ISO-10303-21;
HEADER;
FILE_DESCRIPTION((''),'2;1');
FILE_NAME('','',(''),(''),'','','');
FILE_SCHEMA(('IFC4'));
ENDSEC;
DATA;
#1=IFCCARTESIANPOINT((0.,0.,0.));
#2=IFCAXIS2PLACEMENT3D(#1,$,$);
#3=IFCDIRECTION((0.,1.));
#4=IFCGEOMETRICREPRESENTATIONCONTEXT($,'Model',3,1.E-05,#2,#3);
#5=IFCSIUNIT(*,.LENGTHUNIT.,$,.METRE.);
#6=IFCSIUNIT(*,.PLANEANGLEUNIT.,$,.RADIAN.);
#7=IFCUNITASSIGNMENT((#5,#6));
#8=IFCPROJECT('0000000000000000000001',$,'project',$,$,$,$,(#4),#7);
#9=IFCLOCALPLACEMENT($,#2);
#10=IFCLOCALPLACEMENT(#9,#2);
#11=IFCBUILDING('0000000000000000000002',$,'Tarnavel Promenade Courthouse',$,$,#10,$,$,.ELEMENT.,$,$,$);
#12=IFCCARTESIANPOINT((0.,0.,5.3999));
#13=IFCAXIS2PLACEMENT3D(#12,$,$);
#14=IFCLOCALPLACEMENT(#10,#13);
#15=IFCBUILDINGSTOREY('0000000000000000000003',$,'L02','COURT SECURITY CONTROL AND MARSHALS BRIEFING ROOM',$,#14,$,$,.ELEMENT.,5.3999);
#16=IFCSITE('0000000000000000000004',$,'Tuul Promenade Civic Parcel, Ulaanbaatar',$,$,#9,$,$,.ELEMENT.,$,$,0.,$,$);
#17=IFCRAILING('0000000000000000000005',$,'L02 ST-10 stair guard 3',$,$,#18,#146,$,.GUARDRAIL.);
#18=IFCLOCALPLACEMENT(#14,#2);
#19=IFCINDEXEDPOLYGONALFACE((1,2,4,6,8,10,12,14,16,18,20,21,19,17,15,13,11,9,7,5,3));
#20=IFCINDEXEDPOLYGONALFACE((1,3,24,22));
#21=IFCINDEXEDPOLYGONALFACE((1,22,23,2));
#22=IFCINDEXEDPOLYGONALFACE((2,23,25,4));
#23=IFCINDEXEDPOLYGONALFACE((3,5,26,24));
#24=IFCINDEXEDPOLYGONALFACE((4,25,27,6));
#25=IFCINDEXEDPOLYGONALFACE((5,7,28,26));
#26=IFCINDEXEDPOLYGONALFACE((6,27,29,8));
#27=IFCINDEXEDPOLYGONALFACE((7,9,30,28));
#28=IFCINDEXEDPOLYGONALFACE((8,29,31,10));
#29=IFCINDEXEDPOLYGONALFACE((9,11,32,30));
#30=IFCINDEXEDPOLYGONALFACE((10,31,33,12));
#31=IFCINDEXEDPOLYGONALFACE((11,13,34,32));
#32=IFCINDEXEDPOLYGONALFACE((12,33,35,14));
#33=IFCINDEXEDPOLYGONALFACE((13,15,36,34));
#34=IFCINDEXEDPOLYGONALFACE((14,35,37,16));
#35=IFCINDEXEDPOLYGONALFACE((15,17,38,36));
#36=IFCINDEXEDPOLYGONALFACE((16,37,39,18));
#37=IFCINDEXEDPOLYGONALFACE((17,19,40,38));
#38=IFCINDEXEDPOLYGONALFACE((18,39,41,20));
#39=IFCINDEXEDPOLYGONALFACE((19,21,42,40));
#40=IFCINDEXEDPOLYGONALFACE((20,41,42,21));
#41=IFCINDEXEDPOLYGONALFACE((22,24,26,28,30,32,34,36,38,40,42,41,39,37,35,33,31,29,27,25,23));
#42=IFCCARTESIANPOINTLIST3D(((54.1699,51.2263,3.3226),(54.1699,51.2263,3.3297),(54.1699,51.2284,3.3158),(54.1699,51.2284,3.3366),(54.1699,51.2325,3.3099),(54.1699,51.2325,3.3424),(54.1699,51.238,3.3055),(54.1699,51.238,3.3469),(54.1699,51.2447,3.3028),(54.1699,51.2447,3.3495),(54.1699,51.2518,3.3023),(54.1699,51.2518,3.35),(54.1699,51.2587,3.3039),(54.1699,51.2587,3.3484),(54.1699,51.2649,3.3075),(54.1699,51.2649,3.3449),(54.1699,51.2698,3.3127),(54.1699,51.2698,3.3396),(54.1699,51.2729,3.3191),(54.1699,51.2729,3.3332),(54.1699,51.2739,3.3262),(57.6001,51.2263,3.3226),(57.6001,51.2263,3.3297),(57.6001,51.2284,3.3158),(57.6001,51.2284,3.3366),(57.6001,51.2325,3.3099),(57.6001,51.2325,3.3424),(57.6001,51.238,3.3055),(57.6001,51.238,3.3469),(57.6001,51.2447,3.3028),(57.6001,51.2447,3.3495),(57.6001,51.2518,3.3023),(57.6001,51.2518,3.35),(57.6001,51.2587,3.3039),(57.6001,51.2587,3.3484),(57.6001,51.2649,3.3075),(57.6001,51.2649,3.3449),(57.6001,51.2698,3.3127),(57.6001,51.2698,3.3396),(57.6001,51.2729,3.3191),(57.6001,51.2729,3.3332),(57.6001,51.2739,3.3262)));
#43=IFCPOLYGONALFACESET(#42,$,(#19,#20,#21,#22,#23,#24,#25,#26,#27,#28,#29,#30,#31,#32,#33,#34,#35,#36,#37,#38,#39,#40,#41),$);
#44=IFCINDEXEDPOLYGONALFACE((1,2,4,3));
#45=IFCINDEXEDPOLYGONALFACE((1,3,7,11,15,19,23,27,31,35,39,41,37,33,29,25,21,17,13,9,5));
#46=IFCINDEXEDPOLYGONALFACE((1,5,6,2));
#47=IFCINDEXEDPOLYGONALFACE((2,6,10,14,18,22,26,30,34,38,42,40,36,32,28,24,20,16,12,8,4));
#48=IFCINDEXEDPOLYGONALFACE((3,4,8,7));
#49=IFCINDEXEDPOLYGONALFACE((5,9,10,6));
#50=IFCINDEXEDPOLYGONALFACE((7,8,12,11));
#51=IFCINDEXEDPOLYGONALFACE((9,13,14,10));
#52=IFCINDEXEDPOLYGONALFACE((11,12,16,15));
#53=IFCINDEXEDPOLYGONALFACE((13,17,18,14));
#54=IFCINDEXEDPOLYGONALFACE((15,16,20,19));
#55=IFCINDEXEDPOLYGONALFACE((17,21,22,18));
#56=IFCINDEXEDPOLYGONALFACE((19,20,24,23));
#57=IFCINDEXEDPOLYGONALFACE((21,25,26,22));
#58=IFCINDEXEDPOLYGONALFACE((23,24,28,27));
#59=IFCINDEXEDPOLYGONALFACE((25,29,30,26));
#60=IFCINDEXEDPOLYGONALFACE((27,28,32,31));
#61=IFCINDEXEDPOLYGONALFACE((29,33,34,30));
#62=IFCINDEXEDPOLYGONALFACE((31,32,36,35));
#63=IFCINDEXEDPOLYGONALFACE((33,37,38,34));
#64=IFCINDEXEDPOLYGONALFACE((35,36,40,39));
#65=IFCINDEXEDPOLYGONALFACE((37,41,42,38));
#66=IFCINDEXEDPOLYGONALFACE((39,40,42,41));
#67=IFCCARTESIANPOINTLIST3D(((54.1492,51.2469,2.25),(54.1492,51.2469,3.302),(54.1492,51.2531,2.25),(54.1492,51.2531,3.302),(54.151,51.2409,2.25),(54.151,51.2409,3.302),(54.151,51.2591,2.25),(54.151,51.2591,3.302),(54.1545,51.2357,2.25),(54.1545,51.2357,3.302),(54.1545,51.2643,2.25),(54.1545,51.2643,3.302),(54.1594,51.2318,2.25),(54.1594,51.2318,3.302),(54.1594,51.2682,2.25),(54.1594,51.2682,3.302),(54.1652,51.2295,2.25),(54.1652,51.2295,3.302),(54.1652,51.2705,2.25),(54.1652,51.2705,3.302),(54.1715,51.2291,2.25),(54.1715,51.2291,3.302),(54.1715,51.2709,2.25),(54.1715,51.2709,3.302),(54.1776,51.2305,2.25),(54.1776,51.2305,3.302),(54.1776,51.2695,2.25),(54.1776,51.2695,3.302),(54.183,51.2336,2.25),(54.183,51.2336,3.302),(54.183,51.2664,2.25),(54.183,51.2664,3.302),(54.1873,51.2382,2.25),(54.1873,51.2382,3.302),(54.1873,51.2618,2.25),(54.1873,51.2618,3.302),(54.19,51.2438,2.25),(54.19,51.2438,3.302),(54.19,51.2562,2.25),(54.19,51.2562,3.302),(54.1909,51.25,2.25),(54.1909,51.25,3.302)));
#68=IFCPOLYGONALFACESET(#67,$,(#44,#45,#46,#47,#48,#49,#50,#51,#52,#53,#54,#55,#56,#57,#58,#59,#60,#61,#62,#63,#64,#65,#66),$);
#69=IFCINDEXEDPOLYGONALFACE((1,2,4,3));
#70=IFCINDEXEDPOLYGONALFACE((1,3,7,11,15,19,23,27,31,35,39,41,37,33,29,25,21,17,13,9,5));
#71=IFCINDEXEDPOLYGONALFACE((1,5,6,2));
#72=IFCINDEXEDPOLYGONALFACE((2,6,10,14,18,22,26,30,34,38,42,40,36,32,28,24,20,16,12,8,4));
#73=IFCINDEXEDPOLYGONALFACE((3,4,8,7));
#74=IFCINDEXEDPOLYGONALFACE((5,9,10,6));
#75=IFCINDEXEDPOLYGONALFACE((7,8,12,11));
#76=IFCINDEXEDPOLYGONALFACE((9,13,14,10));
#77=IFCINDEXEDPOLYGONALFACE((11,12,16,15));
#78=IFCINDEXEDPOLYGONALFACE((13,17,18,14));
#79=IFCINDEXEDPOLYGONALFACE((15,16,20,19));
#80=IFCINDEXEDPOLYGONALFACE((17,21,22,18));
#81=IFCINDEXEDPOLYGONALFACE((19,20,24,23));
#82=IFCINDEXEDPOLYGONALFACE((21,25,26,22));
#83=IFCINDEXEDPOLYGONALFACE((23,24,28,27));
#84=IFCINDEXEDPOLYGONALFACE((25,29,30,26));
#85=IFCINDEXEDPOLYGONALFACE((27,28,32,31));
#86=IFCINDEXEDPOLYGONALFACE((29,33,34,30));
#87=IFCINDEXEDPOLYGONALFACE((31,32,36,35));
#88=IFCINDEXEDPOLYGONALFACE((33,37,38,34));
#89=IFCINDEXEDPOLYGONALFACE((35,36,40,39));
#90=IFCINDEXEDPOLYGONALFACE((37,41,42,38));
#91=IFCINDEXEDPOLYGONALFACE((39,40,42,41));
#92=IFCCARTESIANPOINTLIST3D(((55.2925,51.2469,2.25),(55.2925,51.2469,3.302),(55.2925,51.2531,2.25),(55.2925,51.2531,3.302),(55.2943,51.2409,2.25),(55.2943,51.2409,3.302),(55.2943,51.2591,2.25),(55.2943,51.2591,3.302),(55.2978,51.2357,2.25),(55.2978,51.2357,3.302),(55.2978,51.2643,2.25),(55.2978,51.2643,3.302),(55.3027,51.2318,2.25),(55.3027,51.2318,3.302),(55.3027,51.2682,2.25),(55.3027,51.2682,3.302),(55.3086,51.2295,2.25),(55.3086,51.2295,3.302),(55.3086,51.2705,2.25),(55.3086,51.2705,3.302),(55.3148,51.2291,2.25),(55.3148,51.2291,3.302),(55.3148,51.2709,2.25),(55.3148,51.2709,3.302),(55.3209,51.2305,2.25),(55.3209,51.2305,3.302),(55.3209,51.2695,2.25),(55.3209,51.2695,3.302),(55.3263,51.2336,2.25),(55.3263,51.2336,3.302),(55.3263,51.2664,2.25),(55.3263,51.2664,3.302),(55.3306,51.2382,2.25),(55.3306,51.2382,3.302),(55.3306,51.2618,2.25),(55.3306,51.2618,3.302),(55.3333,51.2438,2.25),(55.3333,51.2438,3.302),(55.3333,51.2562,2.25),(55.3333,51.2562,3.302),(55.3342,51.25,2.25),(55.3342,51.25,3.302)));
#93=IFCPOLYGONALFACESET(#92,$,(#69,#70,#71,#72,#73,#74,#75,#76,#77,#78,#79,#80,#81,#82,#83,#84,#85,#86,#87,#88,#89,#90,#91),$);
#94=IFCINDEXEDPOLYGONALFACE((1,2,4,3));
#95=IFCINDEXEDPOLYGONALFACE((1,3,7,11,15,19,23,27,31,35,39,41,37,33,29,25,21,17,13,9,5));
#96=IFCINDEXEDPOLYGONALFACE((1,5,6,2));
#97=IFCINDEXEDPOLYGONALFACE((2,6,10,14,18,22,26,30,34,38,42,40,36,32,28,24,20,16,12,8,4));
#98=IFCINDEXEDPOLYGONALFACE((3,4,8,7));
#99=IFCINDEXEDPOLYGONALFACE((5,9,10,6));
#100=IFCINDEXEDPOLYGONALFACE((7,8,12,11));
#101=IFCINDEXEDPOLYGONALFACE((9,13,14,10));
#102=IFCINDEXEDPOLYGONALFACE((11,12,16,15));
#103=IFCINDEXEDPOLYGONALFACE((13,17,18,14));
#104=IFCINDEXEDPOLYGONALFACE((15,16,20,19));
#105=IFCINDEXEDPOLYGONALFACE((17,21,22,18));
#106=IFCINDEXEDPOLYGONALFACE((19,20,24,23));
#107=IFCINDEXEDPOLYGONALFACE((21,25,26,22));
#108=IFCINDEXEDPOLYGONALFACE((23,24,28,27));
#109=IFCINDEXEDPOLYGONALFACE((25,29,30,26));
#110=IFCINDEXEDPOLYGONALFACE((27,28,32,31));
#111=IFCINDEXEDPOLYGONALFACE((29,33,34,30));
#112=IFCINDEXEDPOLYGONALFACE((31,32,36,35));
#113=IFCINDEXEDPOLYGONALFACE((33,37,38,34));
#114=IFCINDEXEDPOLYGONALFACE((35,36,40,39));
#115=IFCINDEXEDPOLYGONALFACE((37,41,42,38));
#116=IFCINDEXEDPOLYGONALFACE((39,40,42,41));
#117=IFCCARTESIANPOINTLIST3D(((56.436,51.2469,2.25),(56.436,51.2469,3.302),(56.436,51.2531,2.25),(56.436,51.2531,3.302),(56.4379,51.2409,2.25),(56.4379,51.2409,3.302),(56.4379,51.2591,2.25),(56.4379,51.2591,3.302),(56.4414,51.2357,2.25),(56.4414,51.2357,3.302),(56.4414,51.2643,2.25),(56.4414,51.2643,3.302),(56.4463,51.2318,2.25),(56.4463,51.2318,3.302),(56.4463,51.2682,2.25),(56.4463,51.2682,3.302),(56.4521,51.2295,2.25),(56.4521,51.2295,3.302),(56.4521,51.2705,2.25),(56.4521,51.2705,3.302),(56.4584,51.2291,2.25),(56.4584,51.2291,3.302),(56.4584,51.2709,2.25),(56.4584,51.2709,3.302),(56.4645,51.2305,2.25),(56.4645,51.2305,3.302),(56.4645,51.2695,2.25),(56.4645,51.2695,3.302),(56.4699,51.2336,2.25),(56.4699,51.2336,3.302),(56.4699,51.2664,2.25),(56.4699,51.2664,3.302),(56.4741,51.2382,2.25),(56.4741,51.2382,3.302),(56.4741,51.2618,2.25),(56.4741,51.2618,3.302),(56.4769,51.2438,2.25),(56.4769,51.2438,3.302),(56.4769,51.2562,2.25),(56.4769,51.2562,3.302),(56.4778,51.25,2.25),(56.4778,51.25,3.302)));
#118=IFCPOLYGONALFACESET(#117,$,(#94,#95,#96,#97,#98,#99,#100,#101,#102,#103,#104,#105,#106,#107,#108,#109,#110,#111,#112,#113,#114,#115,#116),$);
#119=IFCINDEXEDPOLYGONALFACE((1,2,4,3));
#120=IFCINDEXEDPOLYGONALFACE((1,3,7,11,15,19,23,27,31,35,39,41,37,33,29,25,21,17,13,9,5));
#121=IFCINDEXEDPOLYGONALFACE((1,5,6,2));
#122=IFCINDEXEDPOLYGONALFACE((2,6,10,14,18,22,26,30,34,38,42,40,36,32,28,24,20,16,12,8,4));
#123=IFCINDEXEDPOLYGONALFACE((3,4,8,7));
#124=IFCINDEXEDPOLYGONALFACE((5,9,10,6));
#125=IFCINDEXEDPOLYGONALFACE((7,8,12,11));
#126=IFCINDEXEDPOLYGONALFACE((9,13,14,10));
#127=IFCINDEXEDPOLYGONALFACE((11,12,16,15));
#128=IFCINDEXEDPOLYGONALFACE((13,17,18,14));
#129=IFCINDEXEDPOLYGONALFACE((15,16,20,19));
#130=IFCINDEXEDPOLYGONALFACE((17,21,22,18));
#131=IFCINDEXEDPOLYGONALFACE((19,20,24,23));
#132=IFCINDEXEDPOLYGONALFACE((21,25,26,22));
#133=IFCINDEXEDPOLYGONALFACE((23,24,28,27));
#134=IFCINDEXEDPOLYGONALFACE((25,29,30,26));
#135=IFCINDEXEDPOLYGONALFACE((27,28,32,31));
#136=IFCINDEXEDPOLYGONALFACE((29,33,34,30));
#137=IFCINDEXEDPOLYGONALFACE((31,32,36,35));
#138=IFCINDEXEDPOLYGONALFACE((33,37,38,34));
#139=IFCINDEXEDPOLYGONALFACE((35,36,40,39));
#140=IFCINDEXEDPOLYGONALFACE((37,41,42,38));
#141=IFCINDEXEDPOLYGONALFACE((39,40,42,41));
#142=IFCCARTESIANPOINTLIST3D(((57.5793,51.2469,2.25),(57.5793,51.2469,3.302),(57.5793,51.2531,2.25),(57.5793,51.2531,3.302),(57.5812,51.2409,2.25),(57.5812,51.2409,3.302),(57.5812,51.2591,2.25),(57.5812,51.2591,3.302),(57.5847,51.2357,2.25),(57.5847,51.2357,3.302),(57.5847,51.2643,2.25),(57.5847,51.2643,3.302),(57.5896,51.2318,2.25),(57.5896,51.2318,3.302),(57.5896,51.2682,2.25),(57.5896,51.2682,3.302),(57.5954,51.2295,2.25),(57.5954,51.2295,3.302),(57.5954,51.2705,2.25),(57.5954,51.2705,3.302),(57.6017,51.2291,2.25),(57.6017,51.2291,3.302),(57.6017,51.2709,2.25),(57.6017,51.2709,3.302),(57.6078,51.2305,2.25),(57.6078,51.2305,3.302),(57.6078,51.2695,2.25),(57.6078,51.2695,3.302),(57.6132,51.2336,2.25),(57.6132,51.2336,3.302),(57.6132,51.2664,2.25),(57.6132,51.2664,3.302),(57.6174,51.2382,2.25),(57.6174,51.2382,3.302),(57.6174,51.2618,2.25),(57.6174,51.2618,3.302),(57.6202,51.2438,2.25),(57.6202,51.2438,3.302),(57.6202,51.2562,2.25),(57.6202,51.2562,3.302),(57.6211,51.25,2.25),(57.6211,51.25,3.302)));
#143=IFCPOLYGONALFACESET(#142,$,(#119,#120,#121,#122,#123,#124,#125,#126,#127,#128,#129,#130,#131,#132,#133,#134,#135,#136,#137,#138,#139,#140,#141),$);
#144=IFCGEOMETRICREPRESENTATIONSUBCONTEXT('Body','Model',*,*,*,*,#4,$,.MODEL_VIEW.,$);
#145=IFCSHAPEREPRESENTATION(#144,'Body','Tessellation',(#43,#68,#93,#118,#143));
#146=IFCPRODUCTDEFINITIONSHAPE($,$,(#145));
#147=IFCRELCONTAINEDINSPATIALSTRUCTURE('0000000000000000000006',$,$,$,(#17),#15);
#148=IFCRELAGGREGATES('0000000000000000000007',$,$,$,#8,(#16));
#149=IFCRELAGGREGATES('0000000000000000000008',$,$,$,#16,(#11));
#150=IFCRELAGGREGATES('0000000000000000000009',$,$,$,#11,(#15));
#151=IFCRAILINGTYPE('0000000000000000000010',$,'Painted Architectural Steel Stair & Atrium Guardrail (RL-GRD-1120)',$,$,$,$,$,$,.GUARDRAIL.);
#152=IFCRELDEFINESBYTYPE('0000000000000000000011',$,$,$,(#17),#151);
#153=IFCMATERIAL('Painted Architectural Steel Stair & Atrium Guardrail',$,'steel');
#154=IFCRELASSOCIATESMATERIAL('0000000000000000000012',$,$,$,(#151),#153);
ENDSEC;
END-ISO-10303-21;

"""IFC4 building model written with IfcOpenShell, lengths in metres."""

from ifc_helpers import new_model, si_unit, direction, frame, origin, origin_2d, place, context, subcontext, project, spatial, circle, extrude, material, type_object, element, save


model = new_model("IFC4")

# Units and contexts
model_context = context("Model", 3, precision=1e-05, world=origin(), true_north=direction((0.0, 1.0)))
body_context = subcontext(model_context, "Body", "Model", "MODEL_VIEW")
ifc_project = project(units=[si_unit("LENGTHUNIT", "METRE"), si_unit("PLANEANGLEUNIT", "RADIAN")], contexts=[model_context])

# Site, building, storey
site_placement = place(None, origin())
site = spatial("IfcSite", under=ifc_project, at=site_placement, Name="Tuul Promenade Civic Parcel, Ulaanbaatar", CompositionType="ELEMENT", RefElevation=0.0)
building_placement = place(site_placement, origin())
building = spatial("IfcBuilding", under=site, at=building_placement, Name="Tarnavel Promenade Courthouse", CompositionType="ELEMENT")
storey_placement = place(building_placement, frame((0.0, 0.0, 5.3999)))
storey = spatial("IfcBuildingStorey", under=building, at=storey_placement, Name="L02", Description="COURT SECURITY CONTROL AND MARSHALS BRIEFING ROOM", CompositionType="ELEMENT", Elevation=5.3999)

# Railing
ifc_material_1 = material(Name="Painted Architectural Steel Stair & Atrium Guardrail", Category="steel")
railing_type_1 = type_object("IfcRailingType", Name="Painted Architectural Steel Stair & Atrium Guardrail (RL-GRD-1120)", PredefinedType="GUARDRAIL", material=ifc_material_1)
railing_1_placement = place(storey_placement, frame((54.1699, 51.25, 2.25)))
element("IfcRailing", 1, at=railing_1_placement, inside=storey, type_object=railing_type_1, Name="L02 ST-10 stair guard 3", PredefinedType="GUARDRAIL", context=body_context, shape_type="SweptSolid", body=[
    extrude(circle(Radius=0.0239, at=origin_2d()), frame((0.0, 0.0, 1.0762), z_axis=(1.0, 0.0, 0.0), x_axis=(0.0, 1.0, 0.0)), (0.0, 0.0, 1.0), 3.4302),
    extrude(circle(Radius=0.021, at=origin_2d()), origin(), (0.0, 0.0, 1.0), 1.052),
    extrude(circle(Radius=0.021, at=origin_2d()), frame((1.1433, 0.0, 0.0)), (0.0, 0.0, 1.0), 1.052),
    extrude(circle(Radius=0.021, at=origin_2d()), frame((2.2869, 0.0, 0.0)), (0.0, 0.0, 1.0), 1.052),
    extrude(circle(Radius=0.021, at=origin_2d()), frame((3.4302, 0.0, 0.0)), (0.0, 0.0, 1.0), 1.052),
])

save(model, "model.ifc")
